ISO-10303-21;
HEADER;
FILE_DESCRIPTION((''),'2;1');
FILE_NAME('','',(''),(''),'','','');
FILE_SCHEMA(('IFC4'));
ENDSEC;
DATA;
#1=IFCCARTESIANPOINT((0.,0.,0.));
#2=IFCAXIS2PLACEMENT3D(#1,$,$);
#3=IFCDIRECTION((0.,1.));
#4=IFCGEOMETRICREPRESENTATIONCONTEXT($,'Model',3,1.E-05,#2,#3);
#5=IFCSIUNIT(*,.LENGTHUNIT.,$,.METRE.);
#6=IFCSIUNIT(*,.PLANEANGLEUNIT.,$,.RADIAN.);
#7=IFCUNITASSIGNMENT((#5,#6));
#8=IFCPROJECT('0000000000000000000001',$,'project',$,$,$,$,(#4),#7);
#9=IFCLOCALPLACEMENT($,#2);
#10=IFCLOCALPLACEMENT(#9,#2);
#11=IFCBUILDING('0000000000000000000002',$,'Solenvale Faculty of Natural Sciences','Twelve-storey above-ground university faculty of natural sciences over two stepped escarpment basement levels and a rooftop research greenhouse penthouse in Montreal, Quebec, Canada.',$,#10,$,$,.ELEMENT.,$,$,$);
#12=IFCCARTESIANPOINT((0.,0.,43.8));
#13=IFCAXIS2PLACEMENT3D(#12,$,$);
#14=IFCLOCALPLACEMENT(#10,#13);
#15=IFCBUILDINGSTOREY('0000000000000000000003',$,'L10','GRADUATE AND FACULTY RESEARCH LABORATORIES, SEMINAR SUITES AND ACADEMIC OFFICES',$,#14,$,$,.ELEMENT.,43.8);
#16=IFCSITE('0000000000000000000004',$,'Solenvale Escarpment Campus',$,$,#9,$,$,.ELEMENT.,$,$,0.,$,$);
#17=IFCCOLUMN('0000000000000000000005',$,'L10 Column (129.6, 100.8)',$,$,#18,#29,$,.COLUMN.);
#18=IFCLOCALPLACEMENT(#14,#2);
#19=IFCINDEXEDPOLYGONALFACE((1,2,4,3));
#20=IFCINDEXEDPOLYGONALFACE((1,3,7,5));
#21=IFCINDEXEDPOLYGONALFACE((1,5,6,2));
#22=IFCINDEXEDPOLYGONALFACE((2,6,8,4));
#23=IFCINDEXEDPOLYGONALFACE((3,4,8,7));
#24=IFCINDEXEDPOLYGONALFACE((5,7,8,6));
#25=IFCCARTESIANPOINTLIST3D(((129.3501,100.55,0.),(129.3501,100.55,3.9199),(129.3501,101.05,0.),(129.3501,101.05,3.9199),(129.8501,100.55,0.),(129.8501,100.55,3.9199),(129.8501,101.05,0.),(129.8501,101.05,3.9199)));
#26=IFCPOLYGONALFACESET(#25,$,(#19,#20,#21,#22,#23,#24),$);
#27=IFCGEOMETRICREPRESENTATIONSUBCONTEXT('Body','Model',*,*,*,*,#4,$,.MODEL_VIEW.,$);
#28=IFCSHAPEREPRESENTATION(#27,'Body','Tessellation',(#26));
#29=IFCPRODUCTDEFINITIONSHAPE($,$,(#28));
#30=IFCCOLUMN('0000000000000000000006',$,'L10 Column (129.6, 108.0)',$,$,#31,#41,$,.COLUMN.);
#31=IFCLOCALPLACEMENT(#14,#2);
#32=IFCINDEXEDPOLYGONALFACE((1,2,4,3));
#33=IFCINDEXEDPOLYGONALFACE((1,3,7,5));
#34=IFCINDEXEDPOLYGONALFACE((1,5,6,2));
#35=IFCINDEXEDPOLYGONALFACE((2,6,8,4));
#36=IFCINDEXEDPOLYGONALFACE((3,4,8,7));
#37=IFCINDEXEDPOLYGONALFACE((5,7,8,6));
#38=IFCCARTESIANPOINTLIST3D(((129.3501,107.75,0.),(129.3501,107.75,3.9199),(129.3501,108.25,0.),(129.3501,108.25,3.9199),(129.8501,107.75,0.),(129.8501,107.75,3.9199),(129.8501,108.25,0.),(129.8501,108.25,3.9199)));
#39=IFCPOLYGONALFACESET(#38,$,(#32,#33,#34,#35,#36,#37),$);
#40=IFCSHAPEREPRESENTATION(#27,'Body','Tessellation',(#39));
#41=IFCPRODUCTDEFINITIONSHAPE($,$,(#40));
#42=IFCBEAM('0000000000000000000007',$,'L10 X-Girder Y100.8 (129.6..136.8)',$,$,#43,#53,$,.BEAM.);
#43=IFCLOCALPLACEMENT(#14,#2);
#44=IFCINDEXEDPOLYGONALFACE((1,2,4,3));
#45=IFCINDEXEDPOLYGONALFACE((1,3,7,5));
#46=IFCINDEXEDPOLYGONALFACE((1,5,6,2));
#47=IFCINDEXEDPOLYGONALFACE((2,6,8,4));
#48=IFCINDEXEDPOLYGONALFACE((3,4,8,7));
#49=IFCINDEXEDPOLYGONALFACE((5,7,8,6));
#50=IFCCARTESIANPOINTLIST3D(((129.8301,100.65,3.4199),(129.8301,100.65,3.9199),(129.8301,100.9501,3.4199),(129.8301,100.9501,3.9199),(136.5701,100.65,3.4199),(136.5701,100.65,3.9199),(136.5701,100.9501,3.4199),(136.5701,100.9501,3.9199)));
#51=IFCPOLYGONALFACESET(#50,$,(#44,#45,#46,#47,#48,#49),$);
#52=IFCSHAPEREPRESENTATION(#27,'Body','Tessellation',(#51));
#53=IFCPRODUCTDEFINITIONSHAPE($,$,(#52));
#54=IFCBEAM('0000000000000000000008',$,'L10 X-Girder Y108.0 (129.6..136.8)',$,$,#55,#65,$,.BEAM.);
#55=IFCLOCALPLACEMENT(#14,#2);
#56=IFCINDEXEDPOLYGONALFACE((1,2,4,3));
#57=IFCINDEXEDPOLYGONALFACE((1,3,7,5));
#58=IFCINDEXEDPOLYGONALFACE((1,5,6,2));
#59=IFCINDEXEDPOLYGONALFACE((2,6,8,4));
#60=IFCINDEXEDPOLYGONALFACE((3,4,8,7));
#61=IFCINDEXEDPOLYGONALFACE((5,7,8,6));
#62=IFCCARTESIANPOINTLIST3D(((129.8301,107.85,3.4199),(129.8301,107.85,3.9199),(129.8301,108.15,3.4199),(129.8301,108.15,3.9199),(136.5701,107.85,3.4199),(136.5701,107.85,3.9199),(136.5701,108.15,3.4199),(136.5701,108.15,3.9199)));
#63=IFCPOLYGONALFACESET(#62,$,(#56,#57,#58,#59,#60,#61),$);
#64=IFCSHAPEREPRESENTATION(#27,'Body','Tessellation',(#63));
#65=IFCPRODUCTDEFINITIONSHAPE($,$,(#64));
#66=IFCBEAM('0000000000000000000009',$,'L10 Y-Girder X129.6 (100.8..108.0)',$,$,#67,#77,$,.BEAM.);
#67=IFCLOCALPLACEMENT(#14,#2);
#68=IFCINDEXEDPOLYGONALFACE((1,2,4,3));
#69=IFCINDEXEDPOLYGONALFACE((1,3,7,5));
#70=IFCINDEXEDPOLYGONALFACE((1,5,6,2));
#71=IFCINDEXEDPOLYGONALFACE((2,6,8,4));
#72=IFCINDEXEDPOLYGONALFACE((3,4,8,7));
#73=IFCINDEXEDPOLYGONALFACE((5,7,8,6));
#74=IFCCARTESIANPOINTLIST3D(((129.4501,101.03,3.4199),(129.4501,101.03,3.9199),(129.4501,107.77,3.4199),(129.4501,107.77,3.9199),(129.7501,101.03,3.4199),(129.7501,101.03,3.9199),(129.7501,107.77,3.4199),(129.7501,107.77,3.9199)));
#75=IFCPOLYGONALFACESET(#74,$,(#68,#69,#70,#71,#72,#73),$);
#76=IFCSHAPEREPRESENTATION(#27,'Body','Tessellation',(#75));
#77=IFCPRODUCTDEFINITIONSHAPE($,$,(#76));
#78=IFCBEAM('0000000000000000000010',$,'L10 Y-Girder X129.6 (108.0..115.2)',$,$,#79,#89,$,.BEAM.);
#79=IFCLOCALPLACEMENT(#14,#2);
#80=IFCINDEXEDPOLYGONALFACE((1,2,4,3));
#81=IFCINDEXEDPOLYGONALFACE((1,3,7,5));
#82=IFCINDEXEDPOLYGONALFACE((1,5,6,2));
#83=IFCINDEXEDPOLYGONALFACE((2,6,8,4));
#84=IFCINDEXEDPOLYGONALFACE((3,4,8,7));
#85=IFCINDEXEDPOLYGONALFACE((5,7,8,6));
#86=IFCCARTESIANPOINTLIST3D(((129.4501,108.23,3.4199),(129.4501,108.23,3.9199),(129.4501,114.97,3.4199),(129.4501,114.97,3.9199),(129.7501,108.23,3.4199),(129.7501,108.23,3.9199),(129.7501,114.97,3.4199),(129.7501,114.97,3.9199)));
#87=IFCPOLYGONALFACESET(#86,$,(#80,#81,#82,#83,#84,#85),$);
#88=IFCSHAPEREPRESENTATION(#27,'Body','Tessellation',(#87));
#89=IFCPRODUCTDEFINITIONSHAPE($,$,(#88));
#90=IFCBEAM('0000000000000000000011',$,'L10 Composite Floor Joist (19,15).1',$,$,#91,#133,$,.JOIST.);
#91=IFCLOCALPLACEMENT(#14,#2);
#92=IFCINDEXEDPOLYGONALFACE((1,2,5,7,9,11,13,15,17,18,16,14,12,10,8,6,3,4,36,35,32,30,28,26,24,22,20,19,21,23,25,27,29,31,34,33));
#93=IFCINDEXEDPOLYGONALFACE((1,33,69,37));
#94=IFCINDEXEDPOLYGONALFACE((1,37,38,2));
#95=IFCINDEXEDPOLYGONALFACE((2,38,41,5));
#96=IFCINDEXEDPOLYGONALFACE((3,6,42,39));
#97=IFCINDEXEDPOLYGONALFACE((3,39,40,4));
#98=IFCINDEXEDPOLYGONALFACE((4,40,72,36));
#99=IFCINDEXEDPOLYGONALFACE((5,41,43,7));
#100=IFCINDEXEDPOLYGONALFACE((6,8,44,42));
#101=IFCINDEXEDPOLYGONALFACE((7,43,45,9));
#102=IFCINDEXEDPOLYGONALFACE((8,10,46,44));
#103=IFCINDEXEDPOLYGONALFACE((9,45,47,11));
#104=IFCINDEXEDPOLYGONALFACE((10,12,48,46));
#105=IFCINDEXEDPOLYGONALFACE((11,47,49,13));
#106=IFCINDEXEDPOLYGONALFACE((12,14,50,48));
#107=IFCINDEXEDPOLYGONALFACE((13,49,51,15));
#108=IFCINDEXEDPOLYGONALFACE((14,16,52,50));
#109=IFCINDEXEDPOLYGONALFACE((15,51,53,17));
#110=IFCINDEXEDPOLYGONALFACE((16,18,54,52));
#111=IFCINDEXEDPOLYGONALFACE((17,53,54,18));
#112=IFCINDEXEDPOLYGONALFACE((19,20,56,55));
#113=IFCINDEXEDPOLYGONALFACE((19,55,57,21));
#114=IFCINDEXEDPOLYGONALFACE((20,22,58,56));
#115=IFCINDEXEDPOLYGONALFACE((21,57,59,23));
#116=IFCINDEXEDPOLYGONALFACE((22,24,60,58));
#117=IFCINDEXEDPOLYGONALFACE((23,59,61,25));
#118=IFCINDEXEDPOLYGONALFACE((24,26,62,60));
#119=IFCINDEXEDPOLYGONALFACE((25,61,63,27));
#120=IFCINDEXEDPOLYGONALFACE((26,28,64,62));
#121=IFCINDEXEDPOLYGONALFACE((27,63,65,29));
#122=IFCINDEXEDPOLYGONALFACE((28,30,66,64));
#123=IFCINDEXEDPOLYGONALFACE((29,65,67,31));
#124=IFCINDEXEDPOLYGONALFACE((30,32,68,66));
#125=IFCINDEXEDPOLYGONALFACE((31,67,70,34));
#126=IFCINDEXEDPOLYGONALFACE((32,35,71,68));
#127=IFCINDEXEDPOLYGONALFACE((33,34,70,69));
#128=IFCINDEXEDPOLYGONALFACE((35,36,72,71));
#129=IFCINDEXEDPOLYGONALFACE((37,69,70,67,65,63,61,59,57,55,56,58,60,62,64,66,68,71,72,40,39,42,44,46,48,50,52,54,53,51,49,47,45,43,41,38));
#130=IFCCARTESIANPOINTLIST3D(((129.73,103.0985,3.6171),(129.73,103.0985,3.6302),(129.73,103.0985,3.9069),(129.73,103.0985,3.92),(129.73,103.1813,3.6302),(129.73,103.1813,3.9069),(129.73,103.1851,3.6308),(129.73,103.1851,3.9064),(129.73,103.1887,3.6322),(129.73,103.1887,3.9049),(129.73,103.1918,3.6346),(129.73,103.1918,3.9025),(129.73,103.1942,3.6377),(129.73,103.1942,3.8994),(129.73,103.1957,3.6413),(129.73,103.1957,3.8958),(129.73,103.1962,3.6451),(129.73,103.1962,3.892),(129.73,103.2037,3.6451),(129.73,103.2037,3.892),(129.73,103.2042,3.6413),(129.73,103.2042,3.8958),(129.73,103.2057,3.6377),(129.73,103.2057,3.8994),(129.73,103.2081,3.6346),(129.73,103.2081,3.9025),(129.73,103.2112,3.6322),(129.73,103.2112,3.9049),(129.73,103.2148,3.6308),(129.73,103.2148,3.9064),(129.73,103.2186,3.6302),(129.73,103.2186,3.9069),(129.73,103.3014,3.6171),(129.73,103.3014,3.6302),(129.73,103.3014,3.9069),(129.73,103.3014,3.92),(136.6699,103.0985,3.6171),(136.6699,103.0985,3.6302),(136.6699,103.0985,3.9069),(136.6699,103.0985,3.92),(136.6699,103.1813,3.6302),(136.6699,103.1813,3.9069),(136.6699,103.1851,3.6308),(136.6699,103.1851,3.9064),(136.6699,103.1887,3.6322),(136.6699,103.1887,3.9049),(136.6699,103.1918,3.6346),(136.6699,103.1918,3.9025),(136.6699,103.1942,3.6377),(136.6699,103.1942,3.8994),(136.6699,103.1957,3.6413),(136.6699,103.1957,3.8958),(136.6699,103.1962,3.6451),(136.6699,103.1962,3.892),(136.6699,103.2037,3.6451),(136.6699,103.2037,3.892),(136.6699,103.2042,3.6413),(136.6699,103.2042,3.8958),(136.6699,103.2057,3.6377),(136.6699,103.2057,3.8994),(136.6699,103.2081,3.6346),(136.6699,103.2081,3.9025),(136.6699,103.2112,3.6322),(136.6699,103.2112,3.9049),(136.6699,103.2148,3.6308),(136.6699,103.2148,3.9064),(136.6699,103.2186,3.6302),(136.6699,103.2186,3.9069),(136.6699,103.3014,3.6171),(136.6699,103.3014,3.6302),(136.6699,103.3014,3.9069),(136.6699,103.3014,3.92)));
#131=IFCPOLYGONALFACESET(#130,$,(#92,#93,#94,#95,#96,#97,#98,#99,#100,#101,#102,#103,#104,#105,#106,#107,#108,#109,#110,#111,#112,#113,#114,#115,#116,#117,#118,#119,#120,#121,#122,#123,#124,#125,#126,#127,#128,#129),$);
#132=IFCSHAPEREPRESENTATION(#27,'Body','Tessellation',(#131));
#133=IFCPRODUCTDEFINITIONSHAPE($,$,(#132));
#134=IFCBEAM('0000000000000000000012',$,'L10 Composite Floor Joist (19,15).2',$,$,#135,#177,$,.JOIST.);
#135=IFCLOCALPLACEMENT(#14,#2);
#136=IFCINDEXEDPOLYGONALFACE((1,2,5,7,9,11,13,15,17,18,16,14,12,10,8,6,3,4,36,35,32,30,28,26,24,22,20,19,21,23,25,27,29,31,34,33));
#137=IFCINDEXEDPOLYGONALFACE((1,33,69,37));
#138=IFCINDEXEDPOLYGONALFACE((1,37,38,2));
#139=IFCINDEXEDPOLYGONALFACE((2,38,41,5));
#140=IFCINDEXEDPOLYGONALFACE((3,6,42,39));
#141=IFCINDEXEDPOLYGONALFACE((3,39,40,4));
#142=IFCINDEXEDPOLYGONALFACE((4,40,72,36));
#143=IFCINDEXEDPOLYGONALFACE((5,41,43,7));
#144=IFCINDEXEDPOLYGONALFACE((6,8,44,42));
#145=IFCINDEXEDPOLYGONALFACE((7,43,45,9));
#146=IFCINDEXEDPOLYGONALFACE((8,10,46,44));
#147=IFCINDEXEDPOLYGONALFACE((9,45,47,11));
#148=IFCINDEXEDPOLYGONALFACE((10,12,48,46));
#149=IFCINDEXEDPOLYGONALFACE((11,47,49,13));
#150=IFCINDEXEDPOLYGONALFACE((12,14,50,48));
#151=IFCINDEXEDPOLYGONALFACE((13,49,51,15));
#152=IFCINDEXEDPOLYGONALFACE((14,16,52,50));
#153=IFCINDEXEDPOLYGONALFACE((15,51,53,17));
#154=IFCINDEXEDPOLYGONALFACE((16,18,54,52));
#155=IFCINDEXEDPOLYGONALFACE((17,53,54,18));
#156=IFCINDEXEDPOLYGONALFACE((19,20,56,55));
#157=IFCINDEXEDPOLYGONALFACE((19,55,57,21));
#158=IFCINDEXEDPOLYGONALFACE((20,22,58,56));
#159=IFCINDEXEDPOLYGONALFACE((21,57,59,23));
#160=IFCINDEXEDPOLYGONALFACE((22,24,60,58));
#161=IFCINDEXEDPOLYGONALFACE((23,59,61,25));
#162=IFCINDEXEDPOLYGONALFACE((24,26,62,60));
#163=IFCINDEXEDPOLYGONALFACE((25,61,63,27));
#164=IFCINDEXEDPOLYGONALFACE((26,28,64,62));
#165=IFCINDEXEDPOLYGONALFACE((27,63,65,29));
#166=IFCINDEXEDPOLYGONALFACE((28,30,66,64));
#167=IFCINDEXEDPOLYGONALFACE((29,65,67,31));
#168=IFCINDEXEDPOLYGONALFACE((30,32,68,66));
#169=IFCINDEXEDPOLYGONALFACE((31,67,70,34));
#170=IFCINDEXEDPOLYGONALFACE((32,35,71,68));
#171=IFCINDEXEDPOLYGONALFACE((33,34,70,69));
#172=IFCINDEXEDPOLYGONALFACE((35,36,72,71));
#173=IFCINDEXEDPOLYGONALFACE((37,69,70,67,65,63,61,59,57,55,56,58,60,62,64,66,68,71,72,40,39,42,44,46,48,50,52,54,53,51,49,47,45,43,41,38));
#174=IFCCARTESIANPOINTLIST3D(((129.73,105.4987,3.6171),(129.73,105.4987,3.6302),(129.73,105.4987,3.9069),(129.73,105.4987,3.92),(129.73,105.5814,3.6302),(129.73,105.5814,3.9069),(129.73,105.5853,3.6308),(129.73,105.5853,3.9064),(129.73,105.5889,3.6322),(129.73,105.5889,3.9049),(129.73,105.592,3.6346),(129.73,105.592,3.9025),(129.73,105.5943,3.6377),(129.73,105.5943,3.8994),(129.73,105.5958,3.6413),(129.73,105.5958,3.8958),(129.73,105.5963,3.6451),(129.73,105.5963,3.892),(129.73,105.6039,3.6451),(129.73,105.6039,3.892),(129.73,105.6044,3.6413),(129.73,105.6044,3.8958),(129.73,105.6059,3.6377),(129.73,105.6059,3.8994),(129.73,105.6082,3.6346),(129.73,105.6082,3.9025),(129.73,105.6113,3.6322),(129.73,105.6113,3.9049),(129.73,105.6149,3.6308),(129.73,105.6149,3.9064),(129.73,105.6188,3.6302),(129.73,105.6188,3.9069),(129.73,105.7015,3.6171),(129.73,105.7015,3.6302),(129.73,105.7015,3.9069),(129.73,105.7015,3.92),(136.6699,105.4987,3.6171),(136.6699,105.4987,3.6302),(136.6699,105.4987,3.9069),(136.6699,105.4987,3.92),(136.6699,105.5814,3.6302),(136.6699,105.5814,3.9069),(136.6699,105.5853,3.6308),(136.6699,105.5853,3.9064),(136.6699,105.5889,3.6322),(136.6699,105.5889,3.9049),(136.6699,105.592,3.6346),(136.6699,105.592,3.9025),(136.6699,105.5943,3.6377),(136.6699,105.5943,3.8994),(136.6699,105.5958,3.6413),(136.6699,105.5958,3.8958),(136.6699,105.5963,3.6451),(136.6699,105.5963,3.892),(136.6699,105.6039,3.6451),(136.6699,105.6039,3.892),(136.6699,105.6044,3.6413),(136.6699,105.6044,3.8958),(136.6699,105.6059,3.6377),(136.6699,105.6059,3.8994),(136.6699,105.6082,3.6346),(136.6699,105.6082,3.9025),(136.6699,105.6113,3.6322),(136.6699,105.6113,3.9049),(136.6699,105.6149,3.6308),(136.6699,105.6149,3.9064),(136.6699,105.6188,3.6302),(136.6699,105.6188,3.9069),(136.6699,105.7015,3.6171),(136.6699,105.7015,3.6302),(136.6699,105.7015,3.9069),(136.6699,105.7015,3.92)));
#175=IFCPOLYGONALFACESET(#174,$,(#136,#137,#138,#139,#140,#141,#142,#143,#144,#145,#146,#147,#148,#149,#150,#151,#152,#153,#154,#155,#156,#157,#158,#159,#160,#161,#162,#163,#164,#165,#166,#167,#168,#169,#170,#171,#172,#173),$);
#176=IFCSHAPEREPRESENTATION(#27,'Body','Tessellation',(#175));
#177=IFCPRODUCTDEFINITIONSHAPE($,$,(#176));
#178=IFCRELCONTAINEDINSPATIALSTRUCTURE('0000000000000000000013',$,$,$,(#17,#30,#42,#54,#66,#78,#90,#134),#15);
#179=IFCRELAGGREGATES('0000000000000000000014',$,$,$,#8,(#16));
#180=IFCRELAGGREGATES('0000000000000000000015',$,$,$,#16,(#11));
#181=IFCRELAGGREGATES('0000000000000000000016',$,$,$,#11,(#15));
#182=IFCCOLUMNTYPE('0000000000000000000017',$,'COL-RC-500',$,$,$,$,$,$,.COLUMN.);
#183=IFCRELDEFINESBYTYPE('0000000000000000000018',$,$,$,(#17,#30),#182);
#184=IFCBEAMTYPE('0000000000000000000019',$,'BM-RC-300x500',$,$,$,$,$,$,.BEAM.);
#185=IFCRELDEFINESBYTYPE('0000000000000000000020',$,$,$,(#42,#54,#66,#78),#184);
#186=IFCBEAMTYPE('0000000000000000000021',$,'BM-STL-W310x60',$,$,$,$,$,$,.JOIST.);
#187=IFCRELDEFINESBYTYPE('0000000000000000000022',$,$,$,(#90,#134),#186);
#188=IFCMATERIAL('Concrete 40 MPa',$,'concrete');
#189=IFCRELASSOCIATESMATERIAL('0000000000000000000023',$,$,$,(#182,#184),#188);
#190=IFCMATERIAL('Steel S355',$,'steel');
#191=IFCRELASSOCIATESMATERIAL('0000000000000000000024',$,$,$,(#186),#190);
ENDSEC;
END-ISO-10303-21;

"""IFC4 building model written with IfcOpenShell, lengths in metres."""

from ifc_helpers import new_model, si_unit, direction, frame, origin, origin_2d, place, context, subcontext, project, spatial, rectangle, i_section, extrude, material, material_profile, profile_set, type_object, element, save


model = new_model("IFC4")

# Units and contexts
model_context = context("Model", 3, precision=1e-05, world=origin(), true_north=direction((0.0, 1.0)))
body_context = subcontext(model_context, "Body", "Model", "MODEL_VIEW")
ifc_project = project(units=[si_unit("LENGTHUNIT", "METRE"), si_unit("PLANEANGLEUNIT", "RADIAN")], contexts=[model_context])

# Site, building, storey
site_placement = place(None, origin())
site = spatial("IfcSite", under=ifc_project, at=site_placement, Name="Solenvale Escarpment Campus", CompositionType="ELEMENT", RefElevation=0.0)
building_placement = place(site_placement, origin())
building = spatial("IfcBuilding", under=site, at=building_placement, Name="Solenvale Faculty of Natural Sciences", Description="Twelve-storey above-ground university faculty of natural sciences over two stepped escarpment basement levels and a rooftop research greenhouse penthouse in Montreal, Quebec, Canada.", CompositionType="ELEMENT")
storey_placement = place(building_placement, frame((0.0, 0.0, 43.8)))
storey = spatial("IfcBuildingStorey", under=building, at=storey_placement, Name="L10", Description="GRADUATE AND FACULTY RESEARCH LABORATORIES, SEMINAR SUITES AND ACADEMIC OFFICES", CompositionType="ELEMENT", Elevation=43.8)

# Columns
ifc_material_1 = material(Name="Concrete 40 MPa", Category="concrete")
ifc_material_profile_1 = material_profile(ifc_material_1, rectangle(XDim=0.5, YDim=0.5, at=origin_2d()), Name="RC-COL-500x500")
ifc_profile_set_1 = profile_set([ifc_material_profile_1], Name="Concrete 40 MPa")
column_type = type_object("IfcColumnType", Name="COL-RC-500", PredefinedType="COLUMN", material=ifc_profile_set_1)
for number, where, z_axis, x_axis, name in (
    (1, (129.6001, 100.8, 0.0), (0.0, 0.0, 1.0), (1.0, 0.0, 0.0), "L10 Column (129.6, 100.8)"),
    (2, (129.6001, 108.0, 0.0), (0.0, 0.0, 1.0), (1.0, 0.0, 0.0), "L10 Column (129.6, 108.0)"),
):
    element("IfcColumn", number, at=place(storey_placement, frame(where, z_axis=z_axis, x_axis=x_axis)), inside=storey, type_object=column_type, Name=name, PredefinedType="COLUMN", context=body_context, shape_type="SweptSolid", body=[
        extrude(rectangle(XDim=0.5, YDim=0.5, at=origin_2d()), origin(), (0.0, 0.0, 1.0), 3.9199),
    ])

# Beams
ifc_material_profile_2 = material_profile(ifc_material_1, rectangle(XDim=0.3, YDim=0.5, at=origin_2d()), Name="RC-BM-300x500")
ifc_profile_set_2 = profile_set([ifc_material_profile_2], Name="Concrete 40 MPa")
beam_type_1 = type_object("IfcBeamType", Name="BM-RC-300x500", PredefinedType="BEAM", material=ifc_profile_set_2)
for number, where, z_axis, x_axis, name in (
    (3, (129.8301, 100.8, 3.6699), (1.0, 0.0, 0.0), (0.0, 1.0, 0.0), "L10 X-Girder Y100.8 (129.6..136.8)"),
    (4, (129.8301, 108.0, 3.6699), (1.0, 0.0, 0.0), (0.0, 1.0, 0.0), "L10 X-Girder Y108.0 (129.6..136.8)"),
    (5, (129.6001, 101.03, 3.6699), (0.0, 1.0, 0.0), (-1.0, 0.0, 0.0), "L10 Y-Girder X129.6 (100.8..108.0)"),
    (6, (129.6001, 108.23, 3.6699), (0.0, 1.0, 0.0), (-1.0, 0.0, 0.0), "L10 Y-Girder X129.6 (108.0..115.2)"),
):
    element("IfcBeam", number, at=place(storey_placement, frame(where, z_axis=z_axis, x_axis=x_axis)), inside=storey, type_object=beam_type_1, Name=name, PredefinedType="BEAM", context=body_context, shape_type="SweptSolid", body=[
        extrude(rectangle(XDim=0.3, YDim=0.5, at=origin_2d()), origin(), (0.0, 0.0, 1.0), 6.74),
    ])
ifc_material_2 = material(Name="Steel S355", Category="steel")
ifc_material_profile_3 = material_profile(ifc_material_2, i_section(OverallWidth=0.2029, OverallDepth=0.303, WebThickness=0.0076, FlangeThickness=0.0132, FilletRadius=0.0149, at=origin_2d()), Name="W310x60")
ifc_profile_set_3 = profile_set([ifc_material_profile_3], Name="Steel S355")
beam_type_2 = type_object("IfcBeamType", Name="BM-STL-W310x60", PredefinedType="JOIST", material=ifc_profile_set_3)
for number, where, z_axis, x_axis, name in (
    (7, (129.73, 103.2, 3.7686), (1.0, 0.0, 0.0), (0.0, 1.0, 0.0), "L10 Composite Floor Joist (19,15).1"),
    (8, (129.73, 105.6001, 3.7686), (1.0, 0.0, 0.0), (0.0, 1.0, 0.0), "L10 Composite Floor Joist (19,15).2"),
):
    element("IfcBeam", number, at=place(storey_placement, frame(where, z_axis=z_axis, x_axis=x_axis)), inside=storey, type_object=beam_type_2, Name=name, PredefinedType="JOIST", context=body_context, shape_type="SweptSolid", body=[
        extrude(i_section(OverallWidth=0.2029, OverallDepth=0.303, WebThickness=0.0076, FlangeThickness=0.0132, FilletRadius=0.0149, at=origin_2d()), origin(), (0.0, 0.0, 1.0), 6.9399),
    ])

save(model, "model.ifc")
